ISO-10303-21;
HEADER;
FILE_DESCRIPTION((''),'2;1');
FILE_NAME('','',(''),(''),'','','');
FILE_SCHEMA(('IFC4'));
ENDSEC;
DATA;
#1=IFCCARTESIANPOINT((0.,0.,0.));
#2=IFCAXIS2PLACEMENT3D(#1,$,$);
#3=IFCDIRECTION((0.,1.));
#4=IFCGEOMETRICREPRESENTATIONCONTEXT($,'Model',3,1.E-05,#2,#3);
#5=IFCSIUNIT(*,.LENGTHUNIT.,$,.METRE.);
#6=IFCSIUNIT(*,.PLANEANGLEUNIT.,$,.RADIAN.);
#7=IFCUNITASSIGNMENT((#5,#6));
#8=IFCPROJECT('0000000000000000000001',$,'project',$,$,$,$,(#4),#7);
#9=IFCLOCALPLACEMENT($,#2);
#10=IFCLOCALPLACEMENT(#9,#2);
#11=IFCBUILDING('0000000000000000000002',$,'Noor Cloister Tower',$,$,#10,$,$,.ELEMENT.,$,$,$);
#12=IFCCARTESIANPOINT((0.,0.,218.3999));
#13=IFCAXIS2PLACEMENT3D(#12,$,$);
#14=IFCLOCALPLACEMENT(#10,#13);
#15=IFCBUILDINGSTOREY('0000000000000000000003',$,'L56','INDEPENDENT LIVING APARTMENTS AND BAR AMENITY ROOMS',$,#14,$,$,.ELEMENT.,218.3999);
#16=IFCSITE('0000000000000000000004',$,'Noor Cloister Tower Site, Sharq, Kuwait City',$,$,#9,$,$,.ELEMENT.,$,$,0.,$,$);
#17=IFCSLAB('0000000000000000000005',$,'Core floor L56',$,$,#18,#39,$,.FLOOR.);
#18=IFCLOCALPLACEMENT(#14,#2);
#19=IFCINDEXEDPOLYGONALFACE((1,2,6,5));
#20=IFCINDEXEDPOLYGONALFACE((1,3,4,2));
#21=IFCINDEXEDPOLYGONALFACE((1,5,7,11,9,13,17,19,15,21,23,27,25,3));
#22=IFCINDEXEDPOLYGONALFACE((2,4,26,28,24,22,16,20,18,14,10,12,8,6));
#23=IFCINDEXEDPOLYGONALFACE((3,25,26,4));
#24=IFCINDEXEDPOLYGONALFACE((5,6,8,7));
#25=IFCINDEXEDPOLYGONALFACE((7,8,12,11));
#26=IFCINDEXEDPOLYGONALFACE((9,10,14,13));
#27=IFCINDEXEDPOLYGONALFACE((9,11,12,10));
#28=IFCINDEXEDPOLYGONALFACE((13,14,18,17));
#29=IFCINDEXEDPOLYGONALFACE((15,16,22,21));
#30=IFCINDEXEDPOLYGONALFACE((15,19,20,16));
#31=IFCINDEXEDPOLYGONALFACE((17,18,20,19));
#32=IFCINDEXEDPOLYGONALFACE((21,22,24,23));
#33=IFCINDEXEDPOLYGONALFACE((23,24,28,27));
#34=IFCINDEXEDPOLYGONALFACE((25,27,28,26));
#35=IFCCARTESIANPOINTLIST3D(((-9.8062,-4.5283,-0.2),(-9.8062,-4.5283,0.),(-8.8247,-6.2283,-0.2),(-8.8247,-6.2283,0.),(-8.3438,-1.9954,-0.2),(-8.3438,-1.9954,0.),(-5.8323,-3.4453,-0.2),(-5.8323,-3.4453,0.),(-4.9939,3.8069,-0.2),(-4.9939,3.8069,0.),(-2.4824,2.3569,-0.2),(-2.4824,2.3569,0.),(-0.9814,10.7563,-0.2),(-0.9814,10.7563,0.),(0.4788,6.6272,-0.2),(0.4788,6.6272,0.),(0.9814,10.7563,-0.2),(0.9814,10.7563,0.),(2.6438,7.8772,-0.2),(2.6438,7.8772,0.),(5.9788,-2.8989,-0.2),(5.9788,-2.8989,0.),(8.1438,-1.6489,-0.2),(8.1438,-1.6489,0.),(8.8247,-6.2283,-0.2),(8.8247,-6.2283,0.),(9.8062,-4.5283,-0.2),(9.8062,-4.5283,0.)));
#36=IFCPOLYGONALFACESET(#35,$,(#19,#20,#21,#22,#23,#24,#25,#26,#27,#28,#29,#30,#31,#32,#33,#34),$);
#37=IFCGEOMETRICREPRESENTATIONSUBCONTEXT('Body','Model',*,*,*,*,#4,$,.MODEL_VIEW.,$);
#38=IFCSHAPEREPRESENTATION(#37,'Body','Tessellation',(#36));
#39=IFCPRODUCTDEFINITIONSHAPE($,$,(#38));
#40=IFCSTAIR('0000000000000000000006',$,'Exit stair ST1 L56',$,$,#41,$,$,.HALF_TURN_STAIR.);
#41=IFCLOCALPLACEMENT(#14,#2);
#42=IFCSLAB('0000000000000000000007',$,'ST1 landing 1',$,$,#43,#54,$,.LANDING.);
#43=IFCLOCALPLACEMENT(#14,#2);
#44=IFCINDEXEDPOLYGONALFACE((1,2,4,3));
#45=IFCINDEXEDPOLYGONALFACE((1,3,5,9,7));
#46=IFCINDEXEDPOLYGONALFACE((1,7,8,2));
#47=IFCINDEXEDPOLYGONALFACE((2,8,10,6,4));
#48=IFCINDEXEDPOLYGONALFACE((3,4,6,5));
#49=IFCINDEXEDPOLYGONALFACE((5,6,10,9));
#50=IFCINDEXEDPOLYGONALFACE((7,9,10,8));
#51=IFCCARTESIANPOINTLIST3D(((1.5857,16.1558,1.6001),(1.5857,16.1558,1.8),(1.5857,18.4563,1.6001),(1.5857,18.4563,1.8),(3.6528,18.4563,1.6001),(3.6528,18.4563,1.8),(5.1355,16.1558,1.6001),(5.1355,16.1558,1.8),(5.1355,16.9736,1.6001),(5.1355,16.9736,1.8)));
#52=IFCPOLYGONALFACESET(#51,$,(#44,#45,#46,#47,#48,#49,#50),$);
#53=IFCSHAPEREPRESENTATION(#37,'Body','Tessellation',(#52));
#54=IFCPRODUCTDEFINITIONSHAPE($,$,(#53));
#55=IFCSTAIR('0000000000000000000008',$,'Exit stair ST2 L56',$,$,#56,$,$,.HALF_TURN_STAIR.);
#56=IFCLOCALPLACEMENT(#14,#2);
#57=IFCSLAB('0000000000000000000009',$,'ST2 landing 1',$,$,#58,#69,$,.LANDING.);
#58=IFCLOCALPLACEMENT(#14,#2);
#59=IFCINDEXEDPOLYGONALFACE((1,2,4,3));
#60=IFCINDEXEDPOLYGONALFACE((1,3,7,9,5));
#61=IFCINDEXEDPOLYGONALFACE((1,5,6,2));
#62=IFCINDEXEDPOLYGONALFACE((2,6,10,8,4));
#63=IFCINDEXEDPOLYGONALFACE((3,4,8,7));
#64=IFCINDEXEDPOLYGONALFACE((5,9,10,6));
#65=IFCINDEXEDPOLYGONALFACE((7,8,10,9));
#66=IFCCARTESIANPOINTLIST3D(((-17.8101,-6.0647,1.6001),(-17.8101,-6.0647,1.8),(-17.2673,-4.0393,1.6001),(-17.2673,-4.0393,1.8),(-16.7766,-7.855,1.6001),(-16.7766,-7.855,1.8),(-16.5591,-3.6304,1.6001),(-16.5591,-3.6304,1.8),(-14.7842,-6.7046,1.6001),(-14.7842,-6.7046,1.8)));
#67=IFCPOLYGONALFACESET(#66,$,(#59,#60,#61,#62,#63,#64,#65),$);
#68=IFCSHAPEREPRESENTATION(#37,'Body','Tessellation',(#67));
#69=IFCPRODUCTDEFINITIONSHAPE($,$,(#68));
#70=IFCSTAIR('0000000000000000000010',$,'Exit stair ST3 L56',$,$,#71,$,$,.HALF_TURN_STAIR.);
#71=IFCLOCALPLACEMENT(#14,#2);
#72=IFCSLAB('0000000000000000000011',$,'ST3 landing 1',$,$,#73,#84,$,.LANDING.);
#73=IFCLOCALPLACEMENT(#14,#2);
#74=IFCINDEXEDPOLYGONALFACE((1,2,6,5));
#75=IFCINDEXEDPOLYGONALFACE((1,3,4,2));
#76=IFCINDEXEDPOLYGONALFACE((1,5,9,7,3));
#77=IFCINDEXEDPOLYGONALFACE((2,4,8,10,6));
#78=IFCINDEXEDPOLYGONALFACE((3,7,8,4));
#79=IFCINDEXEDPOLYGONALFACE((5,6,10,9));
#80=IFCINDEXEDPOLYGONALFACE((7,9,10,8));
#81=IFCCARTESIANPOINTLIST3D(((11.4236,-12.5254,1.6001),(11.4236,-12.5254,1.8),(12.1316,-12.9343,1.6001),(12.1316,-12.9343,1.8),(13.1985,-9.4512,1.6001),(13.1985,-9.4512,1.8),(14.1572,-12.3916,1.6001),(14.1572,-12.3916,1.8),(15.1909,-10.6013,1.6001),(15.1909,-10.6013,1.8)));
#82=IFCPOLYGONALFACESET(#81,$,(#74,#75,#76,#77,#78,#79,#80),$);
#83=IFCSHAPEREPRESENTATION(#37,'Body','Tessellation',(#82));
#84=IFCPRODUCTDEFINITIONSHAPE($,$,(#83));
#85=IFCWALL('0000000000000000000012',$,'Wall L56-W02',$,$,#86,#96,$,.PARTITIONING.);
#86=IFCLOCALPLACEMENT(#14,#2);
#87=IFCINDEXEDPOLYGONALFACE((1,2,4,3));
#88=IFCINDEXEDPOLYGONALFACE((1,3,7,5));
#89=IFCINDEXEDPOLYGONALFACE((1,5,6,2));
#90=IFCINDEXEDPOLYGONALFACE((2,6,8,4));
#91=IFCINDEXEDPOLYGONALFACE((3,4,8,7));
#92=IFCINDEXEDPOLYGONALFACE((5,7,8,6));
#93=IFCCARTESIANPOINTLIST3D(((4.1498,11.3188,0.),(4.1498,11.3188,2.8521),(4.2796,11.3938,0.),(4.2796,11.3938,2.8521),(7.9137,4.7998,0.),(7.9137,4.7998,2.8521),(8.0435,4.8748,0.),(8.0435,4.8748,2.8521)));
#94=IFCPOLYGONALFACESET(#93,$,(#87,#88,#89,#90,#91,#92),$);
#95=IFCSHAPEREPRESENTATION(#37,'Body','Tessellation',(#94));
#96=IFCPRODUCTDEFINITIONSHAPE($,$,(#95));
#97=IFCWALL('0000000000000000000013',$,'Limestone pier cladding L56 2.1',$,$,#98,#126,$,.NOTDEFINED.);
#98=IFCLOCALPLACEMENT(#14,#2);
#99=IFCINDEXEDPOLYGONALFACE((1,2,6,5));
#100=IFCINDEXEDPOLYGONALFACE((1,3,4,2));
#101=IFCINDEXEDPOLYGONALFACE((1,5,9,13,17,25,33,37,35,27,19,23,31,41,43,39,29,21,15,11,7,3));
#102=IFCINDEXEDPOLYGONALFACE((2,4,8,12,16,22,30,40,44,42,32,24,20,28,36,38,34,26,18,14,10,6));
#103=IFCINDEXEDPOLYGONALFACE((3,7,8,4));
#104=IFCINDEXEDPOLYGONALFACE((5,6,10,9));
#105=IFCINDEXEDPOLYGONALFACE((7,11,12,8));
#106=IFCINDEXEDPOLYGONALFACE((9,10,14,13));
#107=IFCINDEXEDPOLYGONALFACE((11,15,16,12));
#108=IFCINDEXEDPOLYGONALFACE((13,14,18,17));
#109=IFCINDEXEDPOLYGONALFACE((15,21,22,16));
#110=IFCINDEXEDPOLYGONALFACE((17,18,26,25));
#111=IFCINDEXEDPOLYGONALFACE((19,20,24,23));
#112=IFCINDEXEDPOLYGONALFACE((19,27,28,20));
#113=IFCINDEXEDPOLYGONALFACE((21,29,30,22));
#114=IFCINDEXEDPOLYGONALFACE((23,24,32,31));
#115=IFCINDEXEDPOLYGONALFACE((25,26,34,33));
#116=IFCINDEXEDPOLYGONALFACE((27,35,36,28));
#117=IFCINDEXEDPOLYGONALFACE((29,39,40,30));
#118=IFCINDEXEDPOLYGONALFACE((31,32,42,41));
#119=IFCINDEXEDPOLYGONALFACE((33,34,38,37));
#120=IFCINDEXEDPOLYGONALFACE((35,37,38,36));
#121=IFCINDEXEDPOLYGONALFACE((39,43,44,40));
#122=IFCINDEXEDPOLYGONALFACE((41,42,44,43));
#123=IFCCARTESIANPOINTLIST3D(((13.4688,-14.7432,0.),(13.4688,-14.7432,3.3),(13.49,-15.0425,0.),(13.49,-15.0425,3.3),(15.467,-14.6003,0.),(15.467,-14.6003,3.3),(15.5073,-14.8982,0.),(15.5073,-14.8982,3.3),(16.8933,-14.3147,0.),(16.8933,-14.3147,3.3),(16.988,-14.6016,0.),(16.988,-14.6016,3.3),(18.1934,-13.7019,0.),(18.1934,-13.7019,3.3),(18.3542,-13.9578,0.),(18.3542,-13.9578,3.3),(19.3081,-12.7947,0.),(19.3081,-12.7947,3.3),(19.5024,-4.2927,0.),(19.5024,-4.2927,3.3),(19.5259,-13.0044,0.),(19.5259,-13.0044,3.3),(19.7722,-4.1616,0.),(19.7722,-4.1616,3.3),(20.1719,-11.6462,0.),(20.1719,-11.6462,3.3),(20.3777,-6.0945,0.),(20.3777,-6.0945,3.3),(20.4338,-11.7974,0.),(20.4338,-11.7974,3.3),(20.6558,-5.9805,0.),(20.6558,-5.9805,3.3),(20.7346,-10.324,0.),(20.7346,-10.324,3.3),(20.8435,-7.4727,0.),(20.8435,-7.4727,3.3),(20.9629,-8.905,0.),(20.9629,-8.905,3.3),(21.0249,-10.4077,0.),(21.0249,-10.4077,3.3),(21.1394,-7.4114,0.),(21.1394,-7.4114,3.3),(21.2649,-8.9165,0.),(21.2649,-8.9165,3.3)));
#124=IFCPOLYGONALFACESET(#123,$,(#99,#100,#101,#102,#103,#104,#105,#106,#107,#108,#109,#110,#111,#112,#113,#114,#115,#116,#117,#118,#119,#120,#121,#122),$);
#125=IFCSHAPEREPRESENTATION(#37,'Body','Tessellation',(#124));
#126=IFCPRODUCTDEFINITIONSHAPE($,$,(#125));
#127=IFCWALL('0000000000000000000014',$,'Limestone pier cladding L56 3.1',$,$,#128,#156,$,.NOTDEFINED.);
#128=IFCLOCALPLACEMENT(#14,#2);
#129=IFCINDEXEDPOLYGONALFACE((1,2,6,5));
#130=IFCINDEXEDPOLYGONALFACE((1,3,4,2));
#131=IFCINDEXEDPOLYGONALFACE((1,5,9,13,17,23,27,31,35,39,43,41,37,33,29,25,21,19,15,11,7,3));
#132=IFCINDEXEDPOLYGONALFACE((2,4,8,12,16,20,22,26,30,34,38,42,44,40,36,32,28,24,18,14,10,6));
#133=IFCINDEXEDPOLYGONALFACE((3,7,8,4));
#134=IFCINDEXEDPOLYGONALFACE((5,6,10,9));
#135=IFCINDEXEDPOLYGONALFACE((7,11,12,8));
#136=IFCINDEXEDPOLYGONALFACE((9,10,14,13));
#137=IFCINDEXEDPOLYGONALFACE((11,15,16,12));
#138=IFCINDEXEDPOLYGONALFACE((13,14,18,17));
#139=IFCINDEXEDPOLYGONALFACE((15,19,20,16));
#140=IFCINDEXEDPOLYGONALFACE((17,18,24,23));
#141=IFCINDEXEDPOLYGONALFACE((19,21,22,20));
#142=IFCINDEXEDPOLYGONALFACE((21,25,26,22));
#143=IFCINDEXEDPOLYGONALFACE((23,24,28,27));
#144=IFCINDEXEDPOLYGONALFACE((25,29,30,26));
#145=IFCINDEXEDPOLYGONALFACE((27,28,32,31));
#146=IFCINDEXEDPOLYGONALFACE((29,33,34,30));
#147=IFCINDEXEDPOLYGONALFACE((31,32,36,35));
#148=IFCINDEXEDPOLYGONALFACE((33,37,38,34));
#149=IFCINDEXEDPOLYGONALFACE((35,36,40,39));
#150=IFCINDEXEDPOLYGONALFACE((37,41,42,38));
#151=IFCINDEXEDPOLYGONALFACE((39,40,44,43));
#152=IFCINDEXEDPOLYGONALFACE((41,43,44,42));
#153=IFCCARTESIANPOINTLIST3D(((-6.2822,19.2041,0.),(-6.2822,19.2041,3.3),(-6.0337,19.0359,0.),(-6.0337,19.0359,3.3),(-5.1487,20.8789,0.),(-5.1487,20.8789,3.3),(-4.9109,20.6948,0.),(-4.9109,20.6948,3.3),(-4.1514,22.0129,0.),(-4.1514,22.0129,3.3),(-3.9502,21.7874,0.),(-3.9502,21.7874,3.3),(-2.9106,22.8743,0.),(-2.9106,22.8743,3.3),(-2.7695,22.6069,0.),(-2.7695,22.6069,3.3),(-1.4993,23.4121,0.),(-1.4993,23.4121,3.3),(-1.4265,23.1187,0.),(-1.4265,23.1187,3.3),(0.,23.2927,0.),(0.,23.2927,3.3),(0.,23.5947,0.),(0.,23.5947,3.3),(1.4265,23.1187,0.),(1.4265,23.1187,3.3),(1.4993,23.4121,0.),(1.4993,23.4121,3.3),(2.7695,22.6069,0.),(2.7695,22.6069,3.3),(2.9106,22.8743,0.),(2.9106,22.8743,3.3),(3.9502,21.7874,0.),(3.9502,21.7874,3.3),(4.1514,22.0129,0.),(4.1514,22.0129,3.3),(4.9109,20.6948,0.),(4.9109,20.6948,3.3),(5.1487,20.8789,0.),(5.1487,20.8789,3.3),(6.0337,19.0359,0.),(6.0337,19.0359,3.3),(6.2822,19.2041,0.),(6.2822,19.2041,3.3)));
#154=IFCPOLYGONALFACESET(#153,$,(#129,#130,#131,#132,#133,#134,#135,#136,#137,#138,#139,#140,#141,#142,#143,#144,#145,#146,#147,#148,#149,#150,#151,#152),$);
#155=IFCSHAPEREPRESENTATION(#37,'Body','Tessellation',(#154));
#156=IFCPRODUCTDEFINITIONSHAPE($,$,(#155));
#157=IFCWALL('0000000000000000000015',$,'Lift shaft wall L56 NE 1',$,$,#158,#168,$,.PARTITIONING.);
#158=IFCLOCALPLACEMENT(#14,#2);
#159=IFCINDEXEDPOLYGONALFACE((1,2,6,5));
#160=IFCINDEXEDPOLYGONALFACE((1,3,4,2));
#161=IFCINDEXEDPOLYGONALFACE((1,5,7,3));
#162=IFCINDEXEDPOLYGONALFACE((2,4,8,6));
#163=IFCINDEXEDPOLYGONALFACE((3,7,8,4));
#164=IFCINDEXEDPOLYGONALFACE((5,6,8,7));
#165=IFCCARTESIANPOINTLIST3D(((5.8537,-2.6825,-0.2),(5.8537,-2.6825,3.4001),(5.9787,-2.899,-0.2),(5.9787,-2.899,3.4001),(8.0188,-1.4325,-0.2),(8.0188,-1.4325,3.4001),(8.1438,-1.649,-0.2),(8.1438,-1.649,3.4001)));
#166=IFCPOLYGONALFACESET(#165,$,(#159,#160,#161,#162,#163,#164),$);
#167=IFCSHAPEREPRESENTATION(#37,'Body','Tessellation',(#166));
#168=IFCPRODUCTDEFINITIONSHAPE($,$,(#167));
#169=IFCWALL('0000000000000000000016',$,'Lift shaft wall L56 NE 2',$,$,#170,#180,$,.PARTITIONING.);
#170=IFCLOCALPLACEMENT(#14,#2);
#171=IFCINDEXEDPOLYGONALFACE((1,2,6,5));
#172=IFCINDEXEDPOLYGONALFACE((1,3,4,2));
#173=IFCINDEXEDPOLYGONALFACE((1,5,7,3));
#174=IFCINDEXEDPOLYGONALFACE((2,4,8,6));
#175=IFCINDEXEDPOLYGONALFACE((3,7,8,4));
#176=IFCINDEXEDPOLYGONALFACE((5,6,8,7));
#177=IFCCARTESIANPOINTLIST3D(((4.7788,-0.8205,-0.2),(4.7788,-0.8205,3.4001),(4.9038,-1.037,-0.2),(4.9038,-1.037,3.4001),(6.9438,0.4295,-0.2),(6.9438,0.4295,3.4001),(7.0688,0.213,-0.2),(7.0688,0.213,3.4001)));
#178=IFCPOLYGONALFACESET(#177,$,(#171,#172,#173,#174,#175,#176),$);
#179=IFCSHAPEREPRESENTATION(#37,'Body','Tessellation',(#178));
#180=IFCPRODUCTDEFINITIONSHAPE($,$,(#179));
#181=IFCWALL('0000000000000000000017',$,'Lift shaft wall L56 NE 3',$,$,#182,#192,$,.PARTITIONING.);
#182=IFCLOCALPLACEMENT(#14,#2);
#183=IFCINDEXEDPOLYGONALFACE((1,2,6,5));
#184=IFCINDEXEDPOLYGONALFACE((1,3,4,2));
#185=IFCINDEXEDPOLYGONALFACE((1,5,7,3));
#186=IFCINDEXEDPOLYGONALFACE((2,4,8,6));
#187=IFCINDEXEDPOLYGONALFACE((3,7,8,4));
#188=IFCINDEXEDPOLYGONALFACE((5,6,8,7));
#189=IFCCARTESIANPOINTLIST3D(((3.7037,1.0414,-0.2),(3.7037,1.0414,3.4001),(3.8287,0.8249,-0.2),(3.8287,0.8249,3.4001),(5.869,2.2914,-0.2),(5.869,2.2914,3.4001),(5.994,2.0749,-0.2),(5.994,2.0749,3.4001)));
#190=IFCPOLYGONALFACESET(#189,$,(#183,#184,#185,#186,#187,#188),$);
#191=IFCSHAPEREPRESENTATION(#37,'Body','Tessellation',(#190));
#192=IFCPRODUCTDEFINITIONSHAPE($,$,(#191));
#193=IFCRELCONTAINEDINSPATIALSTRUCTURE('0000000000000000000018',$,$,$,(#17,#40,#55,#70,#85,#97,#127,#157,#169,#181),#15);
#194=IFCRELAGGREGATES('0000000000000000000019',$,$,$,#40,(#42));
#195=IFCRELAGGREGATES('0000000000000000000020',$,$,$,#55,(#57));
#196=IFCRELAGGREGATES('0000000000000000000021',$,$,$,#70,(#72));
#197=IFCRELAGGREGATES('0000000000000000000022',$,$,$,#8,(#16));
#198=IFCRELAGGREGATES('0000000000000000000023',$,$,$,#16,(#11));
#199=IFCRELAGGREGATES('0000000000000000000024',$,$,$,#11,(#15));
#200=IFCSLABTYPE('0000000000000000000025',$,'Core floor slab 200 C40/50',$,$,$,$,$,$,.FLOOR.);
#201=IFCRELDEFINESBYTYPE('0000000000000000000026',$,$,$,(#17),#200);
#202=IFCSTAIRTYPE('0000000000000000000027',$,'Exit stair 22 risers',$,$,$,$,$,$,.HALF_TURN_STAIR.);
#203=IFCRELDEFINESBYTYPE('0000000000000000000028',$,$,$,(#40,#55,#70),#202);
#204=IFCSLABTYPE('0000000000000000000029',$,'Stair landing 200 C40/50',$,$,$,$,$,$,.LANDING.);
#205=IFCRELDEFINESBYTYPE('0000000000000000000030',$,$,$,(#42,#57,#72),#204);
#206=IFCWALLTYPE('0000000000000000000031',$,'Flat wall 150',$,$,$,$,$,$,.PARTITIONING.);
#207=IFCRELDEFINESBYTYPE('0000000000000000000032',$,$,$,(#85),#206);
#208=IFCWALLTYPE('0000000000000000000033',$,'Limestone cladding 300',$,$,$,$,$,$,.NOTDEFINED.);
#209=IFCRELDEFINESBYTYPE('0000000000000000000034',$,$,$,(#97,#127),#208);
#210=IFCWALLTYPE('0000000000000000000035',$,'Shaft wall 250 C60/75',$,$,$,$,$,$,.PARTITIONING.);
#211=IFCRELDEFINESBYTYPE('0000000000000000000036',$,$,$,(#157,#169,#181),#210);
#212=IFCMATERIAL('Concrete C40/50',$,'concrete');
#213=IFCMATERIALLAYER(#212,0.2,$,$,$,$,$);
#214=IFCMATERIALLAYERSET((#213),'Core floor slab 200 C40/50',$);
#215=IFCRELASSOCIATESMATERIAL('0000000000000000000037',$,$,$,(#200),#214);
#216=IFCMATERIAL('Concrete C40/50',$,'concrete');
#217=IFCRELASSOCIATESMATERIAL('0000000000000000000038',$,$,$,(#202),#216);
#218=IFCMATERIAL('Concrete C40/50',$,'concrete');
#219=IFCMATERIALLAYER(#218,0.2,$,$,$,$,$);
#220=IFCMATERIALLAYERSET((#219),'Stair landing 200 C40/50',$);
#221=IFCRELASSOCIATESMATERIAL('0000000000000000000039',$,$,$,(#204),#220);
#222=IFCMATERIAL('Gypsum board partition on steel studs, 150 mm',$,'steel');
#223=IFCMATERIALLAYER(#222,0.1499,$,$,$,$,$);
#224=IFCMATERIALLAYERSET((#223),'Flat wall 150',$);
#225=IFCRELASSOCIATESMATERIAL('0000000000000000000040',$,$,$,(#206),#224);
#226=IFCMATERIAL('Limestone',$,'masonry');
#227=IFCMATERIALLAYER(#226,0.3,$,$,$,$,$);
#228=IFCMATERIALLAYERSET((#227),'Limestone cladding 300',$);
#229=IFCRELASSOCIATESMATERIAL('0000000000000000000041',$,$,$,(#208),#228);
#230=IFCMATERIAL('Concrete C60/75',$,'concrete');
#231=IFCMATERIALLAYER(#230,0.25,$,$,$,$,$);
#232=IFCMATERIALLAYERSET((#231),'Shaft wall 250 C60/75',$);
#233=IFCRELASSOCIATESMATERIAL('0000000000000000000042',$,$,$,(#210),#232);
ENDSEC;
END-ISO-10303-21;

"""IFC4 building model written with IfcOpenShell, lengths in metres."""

from ifc_helpers import new_model, si_unit, direction, frame, frame_2d, origin, place, context, subcontext, project, spatial, polyline, rectangle, outline, extrude, material, layer, layer_set, type_object, element, aggregate, save


model = new_model("IFC4")

# Units and contexts
model_context = context("Model", 3, precision=1e-05, world=origin(), true_north=direction((0.0, 1.0)))
body_context = subcontext(model_context, "Body", "Model", "MODEL_VIEW")
ifc_project = project(units=[si_unit("LENGTHUNIT", "METRE"), si_unit("PLANEANGLEUNIT", "RADIAN")], contexts=[model_context])

# Site, building, storey
site_placement = place(None, origin())
site = spatial("IfcSite", under=ifc_project, at=site_placement, Name="Noor Cloister Tower Site, Sharq, Kuwait City", CompositionType="ELEMENT", RefElevation=0.0)
building_placement = place(site_placement, origin())
building = spatial("IfcBuilding", under=site, at=building_placement, Name="Noor Cloister Tower", CompositionType="ELEMENT")
storey_placement = place(building_placement, frame((0.0, 0.0, 218.3999)))
storey = spatial("IfcBuildingStorey", under=building, at=storey_placement, Name="L56", Description="INDEPENDENT LIVING APARTMENTS AND BAR AMENITY ROOMS", CompositionType="ELEMENT", Elevation=218.3999)

# Slab
ifc_material_1 = material(Name="Concrete C40/50", Category="concrete")
ifc_layer_1 = layer(ifc_material_1, 0.2)
ifc_layer_set_1 = layer_set([ifc_layer_1], Name="Core floor slab 200 C40/50")
slab_type_1 = type_object("IfcSlabType", Name="Core floor slab 200 C40/50", PredefinedType="FLOOR", material=ifc_layer_set_1)
slab_1_placement = place(storey_placement, frame((0.0, 0.0, -0.2)))
element("IfcSlab", 1, at=slab_1_placement, inside=storey, type_object=slab_type_1, Name="Core floor L56", PredefinedType="FLOOR", context=body_context, shape_type="SweptSolid", body=[
    extrude(outline(polyline([(2.6438, 7.8772), (0.9814, 10.7563), (-0.9814, 10.7563), (-4.9939, 3.8069), (-2.4824, 2.3569), (-5.8323, -3.4453), (-8.3438, -1.9954), (-9.8062, -4.5283), (-8.8247, -6.2283), (8.8247, -6.2283), (9.8062, -4.5283), (8.1438, -1.6489), (5.9788, -2.8989), (0.4788, 6.6272), (2.6438, 7.8772)])), origin(), (0.0, 0.0, 1.0), 0.2),
])

# Stairs, slabs
ifc_material_2 = material(Name="Concrete C40/50", Category="concrete")
stair_type = type_object("IfcStairType", Name="Exit stair 22 risers", PredefinedType="HALF_TURN_STAIR", material=ifc_material_2)
stair_1_placement = place(storey_placement, origin())
stair_1 = element("IfcStair", 2, at=stair_1_placement, inside=storey, type_object=stair_type, Name="Exit stair ST1 L56", PredefinedType="HALF_TURN_STAIR")
ifc_material_3 = material(Name="Concrete C40/50", Category="concrete")
ifc_layer_2 = layer(ifc_material_3, 0.2)
ifc_layer_set_2 = layer_set([ifc_layer_2], Name="Stair landing 200 C40/50")
slab_type_2 = type_object("IfcSlabType", Name="Stair landing 200 C40/50", PredefinedType="LANDING", material=ifc_layer_set_2)
slab_2_placement = place(storey_placement, frame((0.0, 0.0, 1.6001)))
slab_2 = element("IfcSlab", 3, at=slab_2_placement, type_object=slab_type_2, Name="ST1 landing 1", PredefinedType="LANDING", context=body_context, shape_type="SweptSolid", body=[
    extrude(outline(polyline([(5.1355, 16.1558), (5.1355, 16.9736), (3.6528, 18.4563), (1.5857, 18.4563), (1.5857, 16.1558), (5.1355, 16.1558)])), origin(), (0.0, 0.0, 1.0), 0.2),
])
aggregate(stair_1, [slab_2])
stair_2_placement = place(storey_placement, origin())
stair_2 = element("IfcStair", 4, at=stair_2_placement, inside=storey, type_object=stair_type, Name="Exit stair ST2 L56", PredefinedType="HALF_TURN_STAIR")
slab_3_placement = place(storey_placement, frame((0.0, 0.0, 1.6001)))
slab_3 = element("IfcSlab", 5, at=slab_3_placement, type_object=slab_type_2, Name="ST2 landing 1", PredefinedType="LANDING", context=body_context, shape_type="SweptSolid", body=[
    extrude(outline(polyline([(-16.5591, -3.6304), (-17.2673, -4.0393), (-17.8101, -6.0647), (-16.7766, -7.855), (-14.7842, -6.7046), (-16.5591, -3.6304)])), origin(), (0.0, 0.0, 1.0), 0.2),
])
aggregate(stair_2, [slab_3])
stair_3_placement = place(storey_placement, origin())
stair_3 = element("IfcStair", 6, at=stair_3_placement, inside=storey, type_object=stair_type, Name="Exit stair ST3 L56", PredefinedType="HALF_TURN_STAIR")
slab_4_placement = place(storey_placement, frame((0.0, 0.0, 1.6001)))
slab_4 = element("IfcSlab", 7, at=slab_4_placement, type_object=slab_type_2, Name="ST3 landing 1", PredefinedType="LANDING", context=body_context, shape_type="SweptSolid", body=[
    extrude(outline(polyline([(11.4236, -12.5254), (12.1316, -12.9343), (14.1572, -12.3916), (15.1909, -10.6013), (13.1985, -9.4512), (11.4236, -12.5254)])), origin(), (0.0, 0.0, 1.0), 0.2),
])
aggregate(stair_3, [slab_4])

# Walls
ifc_material_4 = material(Name="Gypsum board partition on steel studs, 150 mm", Category="steel")
ifc_layer_3 = layer(ifc_material_4, 0.1499)
ifc_layer_set_3 = layer_set([ifc_layer_3], Name="Flat wall 150")
wall_type_1 = type_object("IfcWallType", Name="Flat wall 150", PredefinedType="PARTITIONING", material=ifc_layer_set_3)
wall_1_placement = place(storey_placement, frame((7.9785, 4.8374, 0.0), z_axis=(0.0, 0.0, 1.0), x_axis=(-0.500014, 0.866017, 0.0)))
element("IfcWall", 8, at=wall_1_placement, inside=storey, type_object=wall_type_1, Name="Wall L56-W02", PredefinedType="PARTITIONING", context=body_context, shape_type="SweptSolid", body=[
    extrude(rectangle(XDim=7.5276, YDim=0.1499, at=frame_2d((3.7637, 0.0))), origin(), (0.0, 0.0, 1.0), 2.8521),
])
ifc_material_5 = material(Name="Limestone", Category="masonry")
ifc_layer_4 = layer(ifc_material_5, 0.3)
ifc_layer_set_4 = layer_set([ifc_layer_4], Name="Limestone cladding 300")
wall_type_2 = type_object("IfcWallType", Name="Limestone cladding 300", PredefinedType="NOTDEFINED", material=ifc_layer_set_4)
wall_2_placement = place(storey_placement, origin())
element("IfcWall", 9, at=wall_2_placement, inside=storey, type_object=wall_type_2, Name="Limestone pier cladding L56 2.1", PredefinedType="NOTDEFINED", context=body_context, shape_type="SweptSolid", body=[
    extrude(outline(polyline([(13.49, -15.0425), (15.5073, -14.8982), (16.988, -14.6016), (18.3542, -13.9578), (19.5259, -13.0044), (20.4338, -11.7974), (21.0249, -10.4077), (21.2649, -8.9165), (21.1394, -7.4114), (20.6558, -5.9805), (19.7722, -4.1616), (19.5024, -4.2927), (20.3777, -6.0945), (20.8435, -7.4727), (20.9629, -8.905), (20.7346, -10.324), (20.1719, -11.6462), (19.3081, -12.7947), (18.1934, -13.7019), (16.8933, -14.3147), (15.467, -14.6003), (13.4688, -14.7432), (13.49, -15.0425)])), origin(), (0.0, 0.0, 1.0), 3.3),
])
wall_3_placement = place(storey_placement, origin())
element("IfcWall", 10, at=wall_3_placement, inside=storey, type_object=wall_type_2, Name="Limestone pier cladding L56 3.1", PredefinedType="NOTDEFINED", context=body_context, shape_type="SweptSolid", body=[
    extrude(outline(polyline([(6.2822, 19.2041), (5.1487, 20.8789), (4.1514, 22.0129), (2.9106, 22.8743), (1.4993, 23.4121), (0.0, 23.5947), (-1.4993, 23.4121), (-2.9106, 22.8743), (-4.1514, 22.0129), (-5.1487, 20.8789), (-6.2822, 19.2041), (-6.0337, 19.0359), (-4.9109, 20.6948), (-3.9502, 21.7874), (-2.7695, 22.6069), (-1.4265, 23.1187), (0.0, 23.2927), (1.4265, 23.1187), (2.7695, 22.6069), (3.9502, 21.7874), (4.9109, 20.6948), (6.0337, 19.0359), (6.2822, 19.2041)])), origin(), (0.0, 0.0, 1.0), 3.3),
])
ifc_material_6 = material(Name="Concrete C60/75", Category="concrete")
ifc_layer_5 = layer(ifc_material_6, 0.25)
ifc_layer_set_5 = layer_set([ifc_layer_5], Name="Shaft wall 250 C60/75")
wall_type_3 = type_object("IfcWallType", Name="Shaft wall 250 C60/75", PredefinedType="PARTITIONING", material=ifc_layer_set_5)
for number, where, z_axis, x_axis, name in (
    (11, (8.0813, -1.5408, -0.2), (0.0, 0.0, 1.0), (-0.866023, -0.500004, 0.0), "Lift shaft wall L56 NE 1"),
    (12, (7.0063, 0.3213, -0.2), (0.0, 0.0, 1.0), (-0.866023, -0.500004, 0.0), "Lift shaft wall L56 NE 2"),
):
    element("IfcWall", number, at=place(storey_placement, frame(where, z_axis=z_axis, x_axis=x_axis)), inside=storey, type_object=wall_type_3, Name=name, PredefinedType="PARTITIONING", context=body_context, shape_type="SweptSolid", body=[
        extrude(rectangle(XDim=2.5, YDim=0.25, at=frame_2d((1.25, 0.0))), origin(), (0.0, 0.0, 1.0), 3.6001),
    ])
wall_4_placement = place(storey_placement, frame((5.9314, 2.1831, -0.2), z_axis=(0.0, 0.0, 1.0), x_axis=(-0.866047, -0.499962, 0.0)))
element("IfcWall", 13, at=wall_4_placement, inside=storey, type_object=wall_type_3, Name="Lift shaft wall L56 NE 3", PredefinedType="PARTITIONING", context=body_context, shape_type="SweptSolid", body=[
    extrude(rectangle(XDim=2.5002, YDim=0.25, at=frame_2d((1.25, 0.0))), origin(), (0.0, 0.0, 1.0), 3.6001),
])

save(model, "model.ifc")
